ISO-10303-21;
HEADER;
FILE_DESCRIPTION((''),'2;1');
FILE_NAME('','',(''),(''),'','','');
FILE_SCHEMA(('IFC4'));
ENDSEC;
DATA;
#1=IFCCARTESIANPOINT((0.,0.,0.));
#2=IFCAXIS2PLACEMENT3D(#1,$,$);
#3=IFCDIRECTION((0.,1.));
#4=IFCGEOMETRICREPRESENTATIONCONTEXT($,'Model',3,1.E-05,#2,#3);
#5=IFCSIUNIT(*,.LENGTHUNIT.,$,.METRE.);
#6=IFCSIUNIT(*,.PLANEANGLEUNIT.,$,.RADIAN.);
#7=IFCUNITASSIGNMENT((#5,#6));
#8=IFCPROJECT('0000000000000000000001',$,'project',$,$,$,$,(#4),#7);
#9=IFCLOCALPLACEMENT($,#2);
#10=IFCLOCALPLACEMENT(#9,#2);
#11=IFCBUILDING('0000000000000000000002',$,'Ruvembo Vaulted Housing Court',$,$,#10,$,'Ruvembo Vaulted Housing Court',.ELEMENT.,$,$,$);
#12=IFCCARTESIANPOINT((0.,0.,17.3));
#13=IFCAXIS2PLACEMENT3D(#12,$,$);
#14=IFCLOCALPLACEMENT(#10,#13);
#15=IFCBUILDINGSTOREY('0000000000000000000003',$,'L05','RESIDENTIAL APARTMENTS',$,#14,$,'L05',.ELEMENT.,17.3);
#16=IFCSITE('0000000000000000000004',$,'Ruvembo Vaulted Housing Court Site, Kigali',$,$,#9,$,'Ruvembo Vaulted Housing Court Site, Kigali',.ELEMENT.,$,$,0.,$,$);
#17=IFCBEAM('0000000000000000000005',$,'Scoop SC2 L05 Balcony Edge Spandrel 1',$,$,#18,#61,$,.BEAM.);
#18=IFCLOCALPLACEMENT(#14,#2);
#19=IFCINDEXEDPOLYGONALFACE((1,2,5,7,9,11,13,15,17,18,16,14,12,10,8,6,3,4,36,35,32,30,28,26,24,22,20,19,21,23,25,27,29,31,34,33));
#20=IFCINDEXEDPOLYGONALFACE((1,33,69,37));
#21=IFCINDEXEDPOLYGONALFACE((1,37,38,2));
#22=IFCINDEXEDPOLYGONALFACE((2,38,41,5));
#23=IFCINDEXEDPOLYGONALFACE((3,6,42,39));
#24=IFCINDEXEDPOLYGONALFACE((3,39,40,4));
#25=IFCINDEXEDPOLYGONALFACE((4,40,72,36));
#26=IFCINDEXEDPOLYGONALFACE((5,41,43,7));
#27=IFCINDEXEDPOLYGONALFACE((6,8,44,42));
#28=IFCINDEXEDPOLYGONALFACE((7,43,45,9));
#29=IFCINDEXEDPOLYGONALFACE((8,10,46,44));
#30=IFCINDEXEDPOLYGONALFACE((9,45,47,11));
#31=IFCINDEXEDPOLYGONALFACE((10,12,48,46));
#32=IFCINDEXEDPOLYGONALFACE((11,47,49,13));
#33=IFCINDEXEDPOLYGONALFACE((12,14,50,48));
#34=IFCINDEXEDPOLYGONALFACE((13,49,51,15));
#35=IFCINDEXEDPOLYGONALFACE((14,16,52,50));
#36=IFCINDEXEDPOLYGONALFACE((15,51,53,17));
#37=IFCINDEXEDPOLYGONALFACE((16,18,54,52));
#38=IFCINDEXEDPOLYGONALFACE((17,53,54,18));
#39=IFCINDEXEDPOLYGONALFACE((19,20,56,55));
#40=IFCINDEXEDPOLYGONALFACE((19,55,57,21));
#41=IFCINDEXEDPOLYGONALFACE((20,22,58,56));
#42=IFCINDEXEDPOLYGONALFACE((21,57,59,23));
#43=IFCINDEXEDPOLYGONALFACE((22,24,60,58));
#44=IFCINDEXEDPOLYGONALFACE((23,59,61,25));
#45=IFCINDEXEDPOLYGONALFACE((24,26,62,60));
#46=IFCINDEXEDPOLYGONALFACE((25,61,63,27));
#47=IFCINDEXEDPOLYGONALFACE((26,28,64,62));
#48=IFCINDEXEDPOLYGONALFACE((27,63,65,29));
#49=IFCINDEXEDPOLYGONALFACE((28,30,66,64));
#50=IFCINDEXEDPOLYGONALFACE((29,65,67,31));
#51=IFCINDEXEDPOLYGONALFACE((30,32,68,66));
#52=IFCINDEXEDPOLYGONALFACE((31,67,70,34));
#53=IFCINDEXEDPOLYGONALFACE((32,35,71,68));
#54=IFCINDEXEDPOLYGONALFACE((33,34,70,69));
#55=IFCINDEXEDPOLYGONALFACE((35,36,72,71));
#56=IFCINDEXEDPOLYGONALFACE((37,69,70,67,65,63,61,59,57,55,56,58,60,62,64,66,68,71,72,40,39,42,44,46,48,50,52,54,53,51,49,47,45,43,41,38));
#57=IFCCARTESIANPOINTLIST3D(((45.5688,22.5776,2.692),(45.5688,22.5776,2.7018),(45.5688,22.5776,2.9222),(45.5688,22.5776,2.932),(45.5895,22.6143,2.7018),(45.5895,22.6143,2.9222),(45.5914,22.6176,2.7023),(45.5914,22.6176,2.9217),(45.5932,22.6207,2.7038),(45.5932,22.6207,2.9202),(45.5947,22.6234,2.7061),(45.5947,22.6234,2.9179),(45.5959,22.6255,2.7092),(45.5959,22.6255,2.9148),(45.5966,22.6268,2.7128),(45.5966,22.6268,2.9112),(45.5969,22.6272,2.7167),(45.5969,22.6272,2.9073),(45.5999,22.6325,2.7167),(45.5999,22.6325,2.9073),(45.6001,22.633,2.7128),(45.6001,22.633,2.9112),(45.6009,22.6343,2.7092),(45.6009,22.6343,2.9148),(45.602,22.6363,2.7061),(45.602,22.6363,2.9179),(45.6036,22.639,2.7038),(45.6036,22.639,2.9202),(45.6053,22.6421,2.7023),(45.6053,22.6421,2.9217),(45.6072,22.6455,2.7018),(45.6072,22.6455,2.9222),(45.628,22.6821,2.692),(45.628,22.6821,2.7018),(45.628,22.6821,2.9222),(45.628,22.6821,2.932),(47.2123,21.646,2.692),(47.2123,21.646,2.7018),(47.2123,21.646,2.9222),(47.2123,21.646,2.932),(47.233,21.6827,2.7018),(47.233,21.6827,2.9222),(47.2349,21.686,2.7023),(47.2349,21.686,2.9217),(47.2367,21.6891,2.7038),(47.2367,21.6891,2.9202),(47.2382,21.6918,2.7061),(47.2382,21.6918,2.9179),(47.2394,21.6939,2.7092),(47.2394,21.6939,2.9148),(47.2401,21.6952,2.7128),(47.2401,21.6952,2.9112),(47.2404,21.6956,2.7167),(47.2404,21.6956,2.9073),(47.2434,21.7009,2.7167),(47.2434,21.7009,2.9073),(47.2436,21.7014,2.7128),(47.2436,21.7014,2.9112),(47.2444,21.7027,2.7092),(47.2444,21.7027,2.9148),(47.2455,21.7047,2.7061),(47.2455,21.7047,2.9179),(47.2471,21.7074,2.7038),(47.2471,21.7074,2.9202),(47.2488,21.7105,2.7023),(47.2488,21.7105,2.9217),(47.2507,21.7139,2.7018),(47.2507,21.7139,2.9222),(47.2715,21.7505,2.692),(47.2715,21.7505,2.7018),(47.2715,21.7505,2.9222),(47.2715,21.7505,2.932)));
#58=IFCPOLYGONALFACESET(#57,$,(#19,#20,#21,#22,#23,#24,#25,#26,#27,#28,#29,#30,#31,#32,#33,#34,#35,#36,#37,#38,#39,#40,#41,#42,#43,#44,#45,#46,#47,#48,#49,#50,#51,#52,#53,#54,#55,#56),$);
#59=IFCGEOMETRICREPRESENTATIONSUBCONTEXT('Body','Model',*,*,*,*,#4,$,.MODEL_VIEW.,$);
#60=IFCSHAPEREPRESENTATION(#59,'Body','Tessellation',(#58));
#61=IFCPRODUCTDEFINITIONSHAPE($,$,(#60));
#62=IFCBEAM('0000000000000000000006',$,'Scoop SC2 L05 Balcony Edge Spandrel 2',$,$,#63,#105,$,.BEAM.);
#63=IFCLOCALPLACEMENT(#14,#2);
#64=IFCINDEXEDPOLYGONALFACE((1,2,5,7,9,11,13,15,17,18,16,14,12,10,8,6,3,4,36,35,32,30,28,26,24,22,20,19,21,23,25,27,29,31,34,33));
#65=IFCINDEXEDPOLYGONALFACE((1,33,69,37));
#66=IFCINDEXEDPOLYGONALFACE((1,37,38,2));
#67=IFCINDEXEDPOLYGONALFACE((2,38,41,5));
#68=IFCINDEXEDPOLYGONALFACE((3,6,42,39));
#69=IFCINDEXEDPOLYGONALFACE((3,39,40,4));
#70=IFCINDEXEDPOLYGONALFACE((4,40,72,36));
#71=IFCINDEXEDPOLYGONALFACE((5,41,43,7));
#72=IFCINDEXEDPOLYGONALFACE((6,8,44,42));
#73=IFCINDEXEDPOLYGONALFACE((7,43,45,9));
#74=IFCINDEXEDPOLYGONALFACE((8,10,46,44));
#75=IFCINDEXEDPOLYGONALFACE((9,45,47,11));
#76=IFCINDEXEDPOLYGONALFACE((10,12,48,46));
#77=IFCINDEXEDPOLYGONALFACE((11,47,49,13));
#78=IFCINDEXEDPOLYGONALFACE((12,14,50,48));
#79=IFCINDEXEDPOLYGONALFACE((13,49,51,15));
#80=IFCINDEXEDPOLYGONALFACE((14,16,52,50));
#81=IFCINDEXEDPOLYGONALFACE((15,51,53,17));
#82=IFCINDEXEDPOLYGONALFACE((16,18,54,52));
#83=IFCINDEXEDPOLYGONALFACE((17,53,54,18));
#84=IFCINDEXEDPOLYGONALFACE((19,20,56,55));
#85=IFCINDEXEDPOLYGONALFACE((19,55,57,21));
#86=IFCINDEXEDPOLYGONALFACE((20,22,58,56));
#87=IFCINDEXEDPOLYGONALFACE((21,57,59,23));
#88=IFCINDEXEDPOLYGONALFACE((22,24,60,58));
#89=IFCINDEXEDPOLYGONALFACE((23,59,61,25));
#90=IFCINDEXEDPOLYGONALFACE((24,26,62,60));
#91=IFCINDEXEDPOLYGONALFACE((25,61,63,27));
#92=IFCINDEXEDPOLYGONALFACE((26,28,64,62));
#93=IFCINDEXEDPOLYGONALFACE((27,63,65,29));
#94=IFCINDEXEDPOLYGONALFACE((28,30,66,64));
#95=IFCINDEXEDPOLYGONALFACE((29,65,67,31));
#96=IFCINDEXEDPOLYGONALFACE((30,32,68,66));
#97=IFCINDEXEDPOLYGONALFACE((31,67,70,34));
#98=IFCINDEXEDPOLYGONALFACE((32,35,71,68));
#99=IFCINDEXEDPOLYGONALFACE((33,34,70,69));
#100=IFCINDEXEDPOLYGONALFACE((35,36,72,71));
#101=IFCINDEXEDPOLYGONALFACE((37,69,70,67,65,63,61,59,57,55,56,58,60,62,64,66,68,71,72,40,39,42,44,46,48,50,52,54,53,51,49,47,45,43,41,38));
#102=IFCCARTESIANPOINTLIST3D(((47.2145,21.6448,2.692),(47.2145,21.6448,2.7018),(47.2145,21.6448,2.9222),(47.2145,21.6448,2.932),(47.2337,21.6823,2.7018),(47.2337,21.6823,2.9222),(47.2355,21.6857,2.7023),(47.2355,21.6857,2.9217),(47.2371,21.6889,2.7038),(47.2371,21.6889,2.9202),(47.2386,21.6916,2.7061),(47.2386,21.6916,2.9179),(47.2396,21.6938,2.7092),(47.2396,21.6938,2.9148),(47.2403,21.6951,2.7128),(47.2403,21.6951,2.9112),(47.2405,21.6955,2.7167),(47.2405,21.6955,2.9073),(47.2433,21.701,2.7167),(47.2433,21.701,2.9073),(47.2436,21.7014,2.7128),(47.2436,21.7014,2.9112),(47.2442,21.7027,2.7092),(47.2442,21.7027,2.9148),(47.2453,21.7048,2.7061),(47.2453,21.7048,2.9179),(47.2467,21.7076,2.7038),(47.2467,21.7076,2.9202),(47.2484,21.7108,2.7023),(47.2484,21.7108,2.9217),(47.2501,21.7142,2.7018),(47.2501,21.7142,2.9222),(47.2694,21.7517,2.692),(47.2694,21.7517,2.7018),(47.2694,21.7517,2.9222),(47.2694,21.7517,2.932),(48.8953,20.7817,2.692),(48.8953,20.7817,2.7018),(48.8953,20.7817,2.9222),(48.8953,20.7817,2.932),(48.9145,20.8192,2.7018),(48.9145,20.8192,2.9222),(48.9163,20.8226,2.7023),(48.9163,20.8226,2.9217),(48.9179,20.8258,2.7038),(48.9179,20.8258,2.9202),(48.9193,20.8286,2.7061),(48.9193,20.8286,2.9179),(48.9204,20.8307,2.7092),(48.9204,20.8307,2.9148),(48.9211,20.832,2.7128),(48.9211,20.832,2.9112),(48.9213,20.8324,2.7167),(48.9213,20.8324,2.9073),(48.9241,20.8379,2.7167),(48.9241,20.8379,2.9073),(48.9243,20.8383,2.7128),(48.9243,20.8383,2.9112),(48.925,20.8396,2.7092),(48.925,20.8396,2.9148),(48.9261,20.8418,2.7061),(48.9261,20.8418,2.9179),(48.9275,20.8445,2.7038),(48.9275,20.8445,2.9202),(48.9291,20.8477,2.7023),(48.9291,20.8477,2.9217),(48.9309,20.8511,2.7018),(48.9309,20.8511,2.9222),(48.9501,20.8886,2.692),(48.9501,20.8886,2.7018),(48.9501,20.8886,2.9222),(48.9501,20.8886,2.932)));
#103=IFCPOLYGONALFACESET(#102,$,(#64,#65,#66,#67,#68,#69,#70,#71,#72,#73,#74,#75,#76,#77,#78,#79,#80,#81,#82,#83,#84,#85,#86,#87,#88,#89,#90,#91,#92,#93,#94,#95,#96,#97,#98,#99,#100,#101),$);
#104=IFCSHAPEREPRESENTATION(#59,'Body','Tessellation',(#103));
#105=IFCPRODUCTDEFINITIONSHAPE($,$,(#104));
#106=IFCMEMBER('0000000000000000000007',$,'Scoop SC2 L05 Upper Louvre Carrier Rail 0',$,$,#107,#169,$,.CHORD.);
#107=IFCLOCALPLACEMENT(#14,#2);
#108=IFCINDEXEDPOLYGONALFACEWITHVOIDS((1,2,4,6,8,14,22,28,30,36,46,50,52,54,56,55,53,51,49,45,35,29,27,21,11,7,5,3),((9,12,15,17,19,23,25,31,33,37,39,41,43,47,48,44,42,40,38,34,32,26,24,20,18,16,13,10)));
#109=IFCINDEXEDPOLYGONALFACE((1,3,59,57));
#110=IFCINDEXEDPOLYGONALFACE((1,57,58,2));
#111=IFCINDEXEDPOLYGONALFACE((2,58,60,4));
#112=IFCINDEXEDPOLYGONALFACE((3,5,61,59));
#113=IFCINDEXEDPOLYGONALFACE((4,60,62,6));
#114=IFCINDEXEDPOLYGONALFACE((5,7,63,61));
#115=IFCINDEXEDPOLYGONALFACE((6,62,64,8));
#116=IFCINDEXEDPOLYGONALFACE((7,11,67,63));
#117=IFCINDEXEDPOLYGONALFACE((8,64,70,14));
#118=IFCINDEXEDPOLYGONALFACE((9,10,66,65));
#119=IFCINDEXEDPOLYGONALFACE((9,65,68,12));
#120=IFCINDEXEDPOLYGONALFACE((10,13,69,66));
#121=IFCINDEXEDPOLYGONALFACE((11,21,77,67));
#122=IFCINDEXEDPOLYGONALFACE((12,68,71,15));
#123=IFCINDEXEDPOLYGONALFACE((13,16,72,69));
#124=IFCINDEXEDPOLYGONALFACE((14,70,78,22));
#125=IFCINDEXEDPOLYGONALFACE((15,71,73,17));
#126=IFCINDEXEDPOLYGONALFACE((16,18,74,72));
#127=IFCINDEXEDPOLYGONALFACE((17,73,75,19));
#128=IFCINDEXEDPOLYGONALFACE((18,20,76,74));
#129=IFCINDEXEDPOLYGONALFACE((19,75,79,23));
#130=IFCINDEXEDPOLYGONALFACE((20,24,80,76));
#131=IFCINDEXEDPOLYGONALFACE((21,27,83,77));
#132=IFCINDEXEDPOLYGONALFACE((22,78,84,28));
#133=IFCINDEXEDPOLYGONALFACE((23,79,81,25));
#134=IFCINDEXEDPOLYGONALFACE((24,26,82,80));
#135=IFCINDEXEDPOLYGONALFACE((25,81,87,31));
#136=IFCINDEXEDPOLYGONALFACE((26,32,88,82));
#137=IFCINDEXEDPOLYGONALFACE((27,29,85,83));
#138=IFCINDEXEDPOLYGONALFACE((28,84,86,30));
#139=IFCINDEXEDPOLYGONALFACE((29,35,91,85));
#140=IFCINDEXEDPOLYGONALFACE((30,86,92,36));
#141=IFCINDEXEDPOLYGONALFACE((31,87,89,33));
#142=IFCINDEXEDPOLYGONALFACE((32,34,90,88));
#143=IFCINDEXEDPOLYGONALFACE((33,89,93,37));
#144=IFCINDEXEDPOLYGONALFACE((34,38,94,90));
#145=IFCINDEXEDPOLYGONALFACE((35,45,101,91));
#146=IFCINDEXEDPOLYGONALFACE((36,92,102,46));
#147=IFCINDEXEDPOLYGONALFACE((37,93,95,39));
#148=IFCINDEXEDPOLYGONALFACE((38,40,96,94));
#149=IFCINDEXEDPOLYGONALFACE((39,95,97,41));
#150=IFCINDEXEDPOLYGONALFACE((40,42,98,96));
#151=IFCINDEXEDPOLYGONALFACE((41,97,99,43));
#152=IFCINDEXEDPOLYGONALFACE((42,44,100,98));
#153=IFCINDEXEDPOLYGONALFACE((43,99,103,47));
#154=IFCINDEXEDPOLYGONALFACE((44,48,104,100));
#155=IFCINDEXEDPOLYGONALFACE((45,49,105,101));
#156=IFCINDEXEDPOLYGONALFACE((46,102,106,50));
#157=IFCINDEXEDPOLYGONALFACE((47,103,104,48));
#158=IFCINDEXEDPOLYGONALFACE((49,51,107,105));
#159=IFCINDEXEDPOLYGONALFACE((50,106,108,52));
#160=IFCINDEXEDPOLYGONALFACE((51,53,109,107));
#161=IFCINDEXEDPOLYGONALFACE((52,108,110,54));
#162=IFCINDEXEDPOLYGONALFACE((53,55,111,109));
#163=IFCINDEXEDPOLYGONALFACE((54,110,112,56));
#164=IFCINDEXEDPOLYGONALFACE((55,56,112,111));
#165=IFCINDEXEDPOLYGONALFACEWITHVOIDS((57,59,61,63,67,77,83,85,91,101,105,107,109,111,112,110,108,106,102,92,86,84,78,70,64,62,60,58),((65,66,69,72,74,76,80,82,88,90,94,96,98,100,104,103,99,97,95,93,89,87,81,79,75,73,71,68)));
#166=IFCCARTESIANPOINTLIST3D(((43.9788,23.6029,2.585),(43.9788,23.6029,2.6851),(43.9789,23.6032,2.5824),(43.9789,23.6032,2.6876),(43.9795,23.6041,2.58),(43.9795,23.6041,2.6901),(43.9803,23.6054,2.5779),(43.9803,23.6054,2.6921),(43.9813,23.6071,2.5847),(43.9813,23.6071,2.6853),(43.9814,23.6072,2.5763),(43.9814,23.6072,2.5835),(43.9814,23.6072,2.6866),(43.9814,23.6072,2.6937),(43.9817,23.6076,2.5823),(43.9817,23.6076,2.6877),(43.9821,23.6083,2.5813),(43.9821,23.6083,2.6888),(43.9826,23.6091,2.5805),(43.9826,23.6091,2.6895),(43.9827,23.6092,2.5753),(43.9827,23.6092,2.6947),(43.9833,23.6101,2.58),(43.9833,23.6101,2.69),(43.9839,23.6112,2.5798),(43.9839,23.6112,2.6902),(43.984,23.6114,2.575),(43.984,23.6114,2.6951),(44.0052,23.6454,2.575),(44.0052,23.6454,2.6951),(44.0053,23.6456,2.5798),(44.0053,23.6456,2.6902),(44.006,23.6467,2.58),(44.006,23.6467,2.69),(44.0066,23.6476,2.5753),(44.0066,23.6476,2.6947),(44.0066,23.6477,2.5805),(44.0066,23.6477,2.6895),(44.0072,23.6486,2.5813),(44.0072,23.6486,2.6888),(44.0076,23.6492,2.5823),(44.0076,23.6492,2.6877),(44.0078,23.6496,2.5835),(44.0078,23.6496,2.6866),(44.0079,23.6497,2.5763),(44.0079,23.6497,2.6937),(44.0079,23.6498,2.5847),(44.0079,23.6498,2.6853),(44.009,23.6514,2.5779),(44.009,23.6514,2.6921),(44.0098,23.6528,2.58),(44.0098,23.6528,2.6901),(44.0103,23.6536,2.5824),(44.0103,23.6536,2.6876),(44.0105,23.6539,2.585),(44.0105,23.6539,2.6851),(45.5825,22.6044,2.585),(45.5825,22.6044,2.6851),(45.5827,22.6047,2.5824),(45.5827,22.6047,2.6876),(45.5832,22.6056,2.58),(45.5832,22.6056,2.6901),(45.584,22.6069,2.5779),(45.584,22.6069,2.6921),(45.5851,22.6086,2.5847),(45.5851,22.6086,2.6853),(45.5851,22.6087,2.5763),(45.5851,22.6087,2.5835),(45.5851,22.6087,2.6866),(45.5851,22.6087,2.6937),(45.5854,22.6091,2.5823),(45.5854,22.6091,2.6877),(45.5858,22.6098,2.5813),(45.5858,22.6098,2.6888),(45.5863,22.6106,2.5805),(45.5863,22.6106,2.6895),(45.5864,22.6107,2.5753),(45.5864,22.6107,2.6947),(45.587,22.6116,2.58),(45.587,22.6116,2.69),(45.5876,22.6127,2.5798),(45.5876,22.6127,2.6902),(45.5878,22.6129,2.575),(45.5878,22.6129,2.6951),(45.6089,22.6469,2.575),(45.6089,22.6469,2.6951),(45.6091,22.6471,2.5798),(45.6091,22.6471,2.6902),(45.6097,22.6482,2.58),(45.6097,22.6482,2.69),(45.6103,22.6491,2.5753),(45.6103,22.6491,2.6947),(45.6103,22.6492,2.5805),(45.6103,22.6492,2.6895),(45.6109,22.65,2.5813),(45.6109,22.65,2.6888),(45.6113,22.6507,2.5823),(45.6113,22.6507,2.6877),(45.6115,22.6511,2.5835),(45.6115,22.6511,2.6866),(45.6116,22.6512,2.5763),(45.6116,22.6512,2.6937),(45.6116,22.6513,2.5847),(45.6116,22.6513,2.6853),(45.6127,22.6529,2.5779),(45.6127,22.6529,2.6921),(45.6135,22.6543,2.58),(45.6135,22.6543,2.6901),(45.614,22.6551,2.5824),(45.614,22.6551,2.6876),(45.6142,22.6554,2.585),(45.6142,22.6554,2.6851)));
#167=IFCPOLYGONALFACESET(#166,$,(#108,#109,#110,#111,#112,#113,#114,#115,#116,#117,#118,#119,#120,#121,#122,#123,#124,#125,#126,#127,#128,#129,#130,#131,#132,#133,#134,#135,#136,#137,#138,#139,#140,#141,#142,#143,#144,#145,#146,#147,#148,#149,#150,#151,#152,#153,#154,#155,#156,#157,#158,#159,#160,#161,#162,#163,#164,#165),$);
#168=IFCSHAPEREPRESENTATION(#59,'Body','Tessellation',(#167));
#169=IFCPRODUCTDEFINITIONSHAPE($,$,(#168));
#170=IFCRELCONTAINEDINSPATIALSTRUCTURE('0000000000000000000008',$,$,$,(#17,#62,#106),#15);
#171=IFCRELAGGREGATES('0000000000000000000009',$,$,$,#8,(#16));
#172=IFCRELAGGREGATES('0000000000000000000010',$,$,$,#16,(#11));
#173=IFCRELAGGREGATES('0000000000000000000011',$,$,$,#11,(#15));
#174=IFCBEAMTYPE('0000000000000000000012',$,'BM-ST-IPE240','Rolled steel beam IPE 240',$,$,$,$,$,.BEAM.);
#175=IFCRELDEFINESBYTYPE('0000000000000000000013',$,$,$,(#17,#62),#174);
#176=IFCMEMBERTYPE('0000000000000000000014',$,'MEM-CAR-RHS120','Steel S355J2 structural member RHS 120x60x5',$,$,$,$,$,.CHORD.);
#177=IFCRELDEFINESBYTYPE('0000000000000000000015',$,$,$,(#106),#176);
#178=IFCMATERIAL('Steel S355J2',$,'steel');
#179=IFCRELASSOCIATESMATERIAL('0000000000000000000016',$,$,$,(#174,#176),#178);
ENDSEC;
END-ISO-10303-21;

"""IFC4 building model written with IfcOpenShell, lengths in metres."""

from ifc_helpers import new_model, si_unit, direction, frame, origin, origin_2d, place, context, subcontext, project, spatial, hollow_rectangle, i_section, extrude, material, material_profile, profile_set, type_object, element, save


model = new_model("IFC4")

# Units and contexts
model_context = context("Model", 3, precision=1e-05, world=origin(), true_north=direction((0.0, 1.0)))
body_context = subcontext(model_context, "Body", "Model", "MODEL_VIEW")
ifc_project = project(units=[si_unit("LENGTHUNIT", "METRE"), si_unit("PLANEANGLEUNIT", "RADIAN")], contexts=[model_context])

# Site, building, storey
site_placement = place(None, origin())
site = spatial("IfcSite", under=ifc_project, at=site_placement, Name="Ruvembo Vaulted Housing Court Site, Kigali", LongName="Ruvembo Vaulted Housing Court Site, Kigali", CompositionType="ELEMENT", RefElevation=0.0)
building_placement = place(site_placement, origin())
building = spatial("IfcBuilding", under=site, at=building_placement, Name="Ruvembo Vaulted Housing Court", LongName="Ruvembo Vaulted Housing Court", CompositionType="ELEMENT")
storey_placement = place(building_placement, frame((0.0, 0.0, 17.3)))
storey = spatial("IfcBuildingStorey", under=building, at=storey_placement, Name="L05", Description="RESIDENTIAL APARTMENTS", LongName="L05", CompositionType="ELEMENT", Elevation=17.3)

# Beams
ifc_material_1 = material(Name="Steel S355J2", Category="steel")
ifc_material_profile_1 = material_profile(ifc_material_1, i_section(OverallWidth=0.1201, OverallDepth=0.24, WebThickness=0.0061, FlangeThickness=0.0098, FilletRadius=0.0149, at=origin_2d()), Name="IPE 240")
ifc_profile_set_1 = profile_set([ifc_material_profile_1], Name="Steel S355J2")
beam_type = type_object("IfcBeamType", Name="BM-ST-IPE240", Description="Rolled steel beam IPE 240", PredefinedType="BEAM", material=ifc_profile_set_1)
beam_1_placement = place(storey_placement, frame((45.5984, 22.6299, 2.812), z_axis=(0.869956, -0.49313, 0.0), x_axis=(0.49313, 0.869956, 0.0)))
element("IfcBeam", 1, at=beam_1_placement, inside=storey, type_object=beam_type, Name="Scoop SC2 L05 Balcony Edge Spandrel 1", PredefinedType="BEAM", context=body_context, shape_type="SweptSolid", body=[
    extrude(i_section(OverallWidth=0.1201, OverallDepth=0.24, WebThickness=0.0061, FlangeThickness=0.0098, FilletRadius=0.0149, at=origin_2d()), origin(), (0.0, 0.0, 1.0), 1.8892),
])
beam_2_placement = place(storey_placement, frame((47.2419, 21.6982, 2.812), z_axis=(0.889568, -0.456802, 0.0), x_axis=(0.456802, 0.889568, 0.0)))
element("IfcBeam", 2, at=beam_2_placement, inside=storey, type_object=beam_type, Name="Scoop SC2 L05 Balcony Edge Spandrel 2", PredefinedType="BEAM", context=body_context, shape_type="SweptSolid", body=[
    extrude(i_section(OverallWidth=0.1201, OverallDepth=0.24, WebThickness=0.0061, FlangeThickness=0.0098, FilletRadius=0.0149, at=origin_2d()), origin(), (0.0, 0.0, 1.0), 1.8894),
])

# Member
ifc_material_profile_2 = material_profile(ifc_material_1, hollow_rectangle(XDim=0.0601, YDim=0.1201, WallThickness=0.0049, InnerFilletRadius=0.0049, OuterFilletRadius=0.01, at=origin_2d()), Name="RHS 120x60x5")
ifc_profile_set_2 = profile_set([ifc_material_profile_2], Name="Steel S355J2")
member_type_1 = type_object("IfcMemberType", Name="MEM-CAR-RHS120", Description="Steel S355J2 structural member RHS 120x60x5", PredefinedType="CHORD", material=ifc_profile_set_2)
for number, where, z_axis, x_axis, name in (
    (3, (43.9946, 23.6284, 2.635), (0.848905, -0.528546, 0.0), (0.528546, 0.848905, 0.0), "Scoop SC2 L05 Upper Louvre Carrier Rail 0"),
):
    element("IfcMember", number, at=place(storey_placement, frame(where, z_axis=z_axis, x_axis=x_axis)), inside=storey, type_object=member_type_1, Name=name, PredefinedType="CHORD", context=body_context, shape_type="SweptSolid", body=[
        extrude(hollow_rectangle(XDim=0.0601, YDim=0.1201, WallThickness=0.0049, InnerFilletRadius=0.0049, OuterFilletRadius=0.01, at=origin_2d()), origin(), (0.0, 0.0, 1.0), 1.8892),
    ])

save(model, "model.ifc")
